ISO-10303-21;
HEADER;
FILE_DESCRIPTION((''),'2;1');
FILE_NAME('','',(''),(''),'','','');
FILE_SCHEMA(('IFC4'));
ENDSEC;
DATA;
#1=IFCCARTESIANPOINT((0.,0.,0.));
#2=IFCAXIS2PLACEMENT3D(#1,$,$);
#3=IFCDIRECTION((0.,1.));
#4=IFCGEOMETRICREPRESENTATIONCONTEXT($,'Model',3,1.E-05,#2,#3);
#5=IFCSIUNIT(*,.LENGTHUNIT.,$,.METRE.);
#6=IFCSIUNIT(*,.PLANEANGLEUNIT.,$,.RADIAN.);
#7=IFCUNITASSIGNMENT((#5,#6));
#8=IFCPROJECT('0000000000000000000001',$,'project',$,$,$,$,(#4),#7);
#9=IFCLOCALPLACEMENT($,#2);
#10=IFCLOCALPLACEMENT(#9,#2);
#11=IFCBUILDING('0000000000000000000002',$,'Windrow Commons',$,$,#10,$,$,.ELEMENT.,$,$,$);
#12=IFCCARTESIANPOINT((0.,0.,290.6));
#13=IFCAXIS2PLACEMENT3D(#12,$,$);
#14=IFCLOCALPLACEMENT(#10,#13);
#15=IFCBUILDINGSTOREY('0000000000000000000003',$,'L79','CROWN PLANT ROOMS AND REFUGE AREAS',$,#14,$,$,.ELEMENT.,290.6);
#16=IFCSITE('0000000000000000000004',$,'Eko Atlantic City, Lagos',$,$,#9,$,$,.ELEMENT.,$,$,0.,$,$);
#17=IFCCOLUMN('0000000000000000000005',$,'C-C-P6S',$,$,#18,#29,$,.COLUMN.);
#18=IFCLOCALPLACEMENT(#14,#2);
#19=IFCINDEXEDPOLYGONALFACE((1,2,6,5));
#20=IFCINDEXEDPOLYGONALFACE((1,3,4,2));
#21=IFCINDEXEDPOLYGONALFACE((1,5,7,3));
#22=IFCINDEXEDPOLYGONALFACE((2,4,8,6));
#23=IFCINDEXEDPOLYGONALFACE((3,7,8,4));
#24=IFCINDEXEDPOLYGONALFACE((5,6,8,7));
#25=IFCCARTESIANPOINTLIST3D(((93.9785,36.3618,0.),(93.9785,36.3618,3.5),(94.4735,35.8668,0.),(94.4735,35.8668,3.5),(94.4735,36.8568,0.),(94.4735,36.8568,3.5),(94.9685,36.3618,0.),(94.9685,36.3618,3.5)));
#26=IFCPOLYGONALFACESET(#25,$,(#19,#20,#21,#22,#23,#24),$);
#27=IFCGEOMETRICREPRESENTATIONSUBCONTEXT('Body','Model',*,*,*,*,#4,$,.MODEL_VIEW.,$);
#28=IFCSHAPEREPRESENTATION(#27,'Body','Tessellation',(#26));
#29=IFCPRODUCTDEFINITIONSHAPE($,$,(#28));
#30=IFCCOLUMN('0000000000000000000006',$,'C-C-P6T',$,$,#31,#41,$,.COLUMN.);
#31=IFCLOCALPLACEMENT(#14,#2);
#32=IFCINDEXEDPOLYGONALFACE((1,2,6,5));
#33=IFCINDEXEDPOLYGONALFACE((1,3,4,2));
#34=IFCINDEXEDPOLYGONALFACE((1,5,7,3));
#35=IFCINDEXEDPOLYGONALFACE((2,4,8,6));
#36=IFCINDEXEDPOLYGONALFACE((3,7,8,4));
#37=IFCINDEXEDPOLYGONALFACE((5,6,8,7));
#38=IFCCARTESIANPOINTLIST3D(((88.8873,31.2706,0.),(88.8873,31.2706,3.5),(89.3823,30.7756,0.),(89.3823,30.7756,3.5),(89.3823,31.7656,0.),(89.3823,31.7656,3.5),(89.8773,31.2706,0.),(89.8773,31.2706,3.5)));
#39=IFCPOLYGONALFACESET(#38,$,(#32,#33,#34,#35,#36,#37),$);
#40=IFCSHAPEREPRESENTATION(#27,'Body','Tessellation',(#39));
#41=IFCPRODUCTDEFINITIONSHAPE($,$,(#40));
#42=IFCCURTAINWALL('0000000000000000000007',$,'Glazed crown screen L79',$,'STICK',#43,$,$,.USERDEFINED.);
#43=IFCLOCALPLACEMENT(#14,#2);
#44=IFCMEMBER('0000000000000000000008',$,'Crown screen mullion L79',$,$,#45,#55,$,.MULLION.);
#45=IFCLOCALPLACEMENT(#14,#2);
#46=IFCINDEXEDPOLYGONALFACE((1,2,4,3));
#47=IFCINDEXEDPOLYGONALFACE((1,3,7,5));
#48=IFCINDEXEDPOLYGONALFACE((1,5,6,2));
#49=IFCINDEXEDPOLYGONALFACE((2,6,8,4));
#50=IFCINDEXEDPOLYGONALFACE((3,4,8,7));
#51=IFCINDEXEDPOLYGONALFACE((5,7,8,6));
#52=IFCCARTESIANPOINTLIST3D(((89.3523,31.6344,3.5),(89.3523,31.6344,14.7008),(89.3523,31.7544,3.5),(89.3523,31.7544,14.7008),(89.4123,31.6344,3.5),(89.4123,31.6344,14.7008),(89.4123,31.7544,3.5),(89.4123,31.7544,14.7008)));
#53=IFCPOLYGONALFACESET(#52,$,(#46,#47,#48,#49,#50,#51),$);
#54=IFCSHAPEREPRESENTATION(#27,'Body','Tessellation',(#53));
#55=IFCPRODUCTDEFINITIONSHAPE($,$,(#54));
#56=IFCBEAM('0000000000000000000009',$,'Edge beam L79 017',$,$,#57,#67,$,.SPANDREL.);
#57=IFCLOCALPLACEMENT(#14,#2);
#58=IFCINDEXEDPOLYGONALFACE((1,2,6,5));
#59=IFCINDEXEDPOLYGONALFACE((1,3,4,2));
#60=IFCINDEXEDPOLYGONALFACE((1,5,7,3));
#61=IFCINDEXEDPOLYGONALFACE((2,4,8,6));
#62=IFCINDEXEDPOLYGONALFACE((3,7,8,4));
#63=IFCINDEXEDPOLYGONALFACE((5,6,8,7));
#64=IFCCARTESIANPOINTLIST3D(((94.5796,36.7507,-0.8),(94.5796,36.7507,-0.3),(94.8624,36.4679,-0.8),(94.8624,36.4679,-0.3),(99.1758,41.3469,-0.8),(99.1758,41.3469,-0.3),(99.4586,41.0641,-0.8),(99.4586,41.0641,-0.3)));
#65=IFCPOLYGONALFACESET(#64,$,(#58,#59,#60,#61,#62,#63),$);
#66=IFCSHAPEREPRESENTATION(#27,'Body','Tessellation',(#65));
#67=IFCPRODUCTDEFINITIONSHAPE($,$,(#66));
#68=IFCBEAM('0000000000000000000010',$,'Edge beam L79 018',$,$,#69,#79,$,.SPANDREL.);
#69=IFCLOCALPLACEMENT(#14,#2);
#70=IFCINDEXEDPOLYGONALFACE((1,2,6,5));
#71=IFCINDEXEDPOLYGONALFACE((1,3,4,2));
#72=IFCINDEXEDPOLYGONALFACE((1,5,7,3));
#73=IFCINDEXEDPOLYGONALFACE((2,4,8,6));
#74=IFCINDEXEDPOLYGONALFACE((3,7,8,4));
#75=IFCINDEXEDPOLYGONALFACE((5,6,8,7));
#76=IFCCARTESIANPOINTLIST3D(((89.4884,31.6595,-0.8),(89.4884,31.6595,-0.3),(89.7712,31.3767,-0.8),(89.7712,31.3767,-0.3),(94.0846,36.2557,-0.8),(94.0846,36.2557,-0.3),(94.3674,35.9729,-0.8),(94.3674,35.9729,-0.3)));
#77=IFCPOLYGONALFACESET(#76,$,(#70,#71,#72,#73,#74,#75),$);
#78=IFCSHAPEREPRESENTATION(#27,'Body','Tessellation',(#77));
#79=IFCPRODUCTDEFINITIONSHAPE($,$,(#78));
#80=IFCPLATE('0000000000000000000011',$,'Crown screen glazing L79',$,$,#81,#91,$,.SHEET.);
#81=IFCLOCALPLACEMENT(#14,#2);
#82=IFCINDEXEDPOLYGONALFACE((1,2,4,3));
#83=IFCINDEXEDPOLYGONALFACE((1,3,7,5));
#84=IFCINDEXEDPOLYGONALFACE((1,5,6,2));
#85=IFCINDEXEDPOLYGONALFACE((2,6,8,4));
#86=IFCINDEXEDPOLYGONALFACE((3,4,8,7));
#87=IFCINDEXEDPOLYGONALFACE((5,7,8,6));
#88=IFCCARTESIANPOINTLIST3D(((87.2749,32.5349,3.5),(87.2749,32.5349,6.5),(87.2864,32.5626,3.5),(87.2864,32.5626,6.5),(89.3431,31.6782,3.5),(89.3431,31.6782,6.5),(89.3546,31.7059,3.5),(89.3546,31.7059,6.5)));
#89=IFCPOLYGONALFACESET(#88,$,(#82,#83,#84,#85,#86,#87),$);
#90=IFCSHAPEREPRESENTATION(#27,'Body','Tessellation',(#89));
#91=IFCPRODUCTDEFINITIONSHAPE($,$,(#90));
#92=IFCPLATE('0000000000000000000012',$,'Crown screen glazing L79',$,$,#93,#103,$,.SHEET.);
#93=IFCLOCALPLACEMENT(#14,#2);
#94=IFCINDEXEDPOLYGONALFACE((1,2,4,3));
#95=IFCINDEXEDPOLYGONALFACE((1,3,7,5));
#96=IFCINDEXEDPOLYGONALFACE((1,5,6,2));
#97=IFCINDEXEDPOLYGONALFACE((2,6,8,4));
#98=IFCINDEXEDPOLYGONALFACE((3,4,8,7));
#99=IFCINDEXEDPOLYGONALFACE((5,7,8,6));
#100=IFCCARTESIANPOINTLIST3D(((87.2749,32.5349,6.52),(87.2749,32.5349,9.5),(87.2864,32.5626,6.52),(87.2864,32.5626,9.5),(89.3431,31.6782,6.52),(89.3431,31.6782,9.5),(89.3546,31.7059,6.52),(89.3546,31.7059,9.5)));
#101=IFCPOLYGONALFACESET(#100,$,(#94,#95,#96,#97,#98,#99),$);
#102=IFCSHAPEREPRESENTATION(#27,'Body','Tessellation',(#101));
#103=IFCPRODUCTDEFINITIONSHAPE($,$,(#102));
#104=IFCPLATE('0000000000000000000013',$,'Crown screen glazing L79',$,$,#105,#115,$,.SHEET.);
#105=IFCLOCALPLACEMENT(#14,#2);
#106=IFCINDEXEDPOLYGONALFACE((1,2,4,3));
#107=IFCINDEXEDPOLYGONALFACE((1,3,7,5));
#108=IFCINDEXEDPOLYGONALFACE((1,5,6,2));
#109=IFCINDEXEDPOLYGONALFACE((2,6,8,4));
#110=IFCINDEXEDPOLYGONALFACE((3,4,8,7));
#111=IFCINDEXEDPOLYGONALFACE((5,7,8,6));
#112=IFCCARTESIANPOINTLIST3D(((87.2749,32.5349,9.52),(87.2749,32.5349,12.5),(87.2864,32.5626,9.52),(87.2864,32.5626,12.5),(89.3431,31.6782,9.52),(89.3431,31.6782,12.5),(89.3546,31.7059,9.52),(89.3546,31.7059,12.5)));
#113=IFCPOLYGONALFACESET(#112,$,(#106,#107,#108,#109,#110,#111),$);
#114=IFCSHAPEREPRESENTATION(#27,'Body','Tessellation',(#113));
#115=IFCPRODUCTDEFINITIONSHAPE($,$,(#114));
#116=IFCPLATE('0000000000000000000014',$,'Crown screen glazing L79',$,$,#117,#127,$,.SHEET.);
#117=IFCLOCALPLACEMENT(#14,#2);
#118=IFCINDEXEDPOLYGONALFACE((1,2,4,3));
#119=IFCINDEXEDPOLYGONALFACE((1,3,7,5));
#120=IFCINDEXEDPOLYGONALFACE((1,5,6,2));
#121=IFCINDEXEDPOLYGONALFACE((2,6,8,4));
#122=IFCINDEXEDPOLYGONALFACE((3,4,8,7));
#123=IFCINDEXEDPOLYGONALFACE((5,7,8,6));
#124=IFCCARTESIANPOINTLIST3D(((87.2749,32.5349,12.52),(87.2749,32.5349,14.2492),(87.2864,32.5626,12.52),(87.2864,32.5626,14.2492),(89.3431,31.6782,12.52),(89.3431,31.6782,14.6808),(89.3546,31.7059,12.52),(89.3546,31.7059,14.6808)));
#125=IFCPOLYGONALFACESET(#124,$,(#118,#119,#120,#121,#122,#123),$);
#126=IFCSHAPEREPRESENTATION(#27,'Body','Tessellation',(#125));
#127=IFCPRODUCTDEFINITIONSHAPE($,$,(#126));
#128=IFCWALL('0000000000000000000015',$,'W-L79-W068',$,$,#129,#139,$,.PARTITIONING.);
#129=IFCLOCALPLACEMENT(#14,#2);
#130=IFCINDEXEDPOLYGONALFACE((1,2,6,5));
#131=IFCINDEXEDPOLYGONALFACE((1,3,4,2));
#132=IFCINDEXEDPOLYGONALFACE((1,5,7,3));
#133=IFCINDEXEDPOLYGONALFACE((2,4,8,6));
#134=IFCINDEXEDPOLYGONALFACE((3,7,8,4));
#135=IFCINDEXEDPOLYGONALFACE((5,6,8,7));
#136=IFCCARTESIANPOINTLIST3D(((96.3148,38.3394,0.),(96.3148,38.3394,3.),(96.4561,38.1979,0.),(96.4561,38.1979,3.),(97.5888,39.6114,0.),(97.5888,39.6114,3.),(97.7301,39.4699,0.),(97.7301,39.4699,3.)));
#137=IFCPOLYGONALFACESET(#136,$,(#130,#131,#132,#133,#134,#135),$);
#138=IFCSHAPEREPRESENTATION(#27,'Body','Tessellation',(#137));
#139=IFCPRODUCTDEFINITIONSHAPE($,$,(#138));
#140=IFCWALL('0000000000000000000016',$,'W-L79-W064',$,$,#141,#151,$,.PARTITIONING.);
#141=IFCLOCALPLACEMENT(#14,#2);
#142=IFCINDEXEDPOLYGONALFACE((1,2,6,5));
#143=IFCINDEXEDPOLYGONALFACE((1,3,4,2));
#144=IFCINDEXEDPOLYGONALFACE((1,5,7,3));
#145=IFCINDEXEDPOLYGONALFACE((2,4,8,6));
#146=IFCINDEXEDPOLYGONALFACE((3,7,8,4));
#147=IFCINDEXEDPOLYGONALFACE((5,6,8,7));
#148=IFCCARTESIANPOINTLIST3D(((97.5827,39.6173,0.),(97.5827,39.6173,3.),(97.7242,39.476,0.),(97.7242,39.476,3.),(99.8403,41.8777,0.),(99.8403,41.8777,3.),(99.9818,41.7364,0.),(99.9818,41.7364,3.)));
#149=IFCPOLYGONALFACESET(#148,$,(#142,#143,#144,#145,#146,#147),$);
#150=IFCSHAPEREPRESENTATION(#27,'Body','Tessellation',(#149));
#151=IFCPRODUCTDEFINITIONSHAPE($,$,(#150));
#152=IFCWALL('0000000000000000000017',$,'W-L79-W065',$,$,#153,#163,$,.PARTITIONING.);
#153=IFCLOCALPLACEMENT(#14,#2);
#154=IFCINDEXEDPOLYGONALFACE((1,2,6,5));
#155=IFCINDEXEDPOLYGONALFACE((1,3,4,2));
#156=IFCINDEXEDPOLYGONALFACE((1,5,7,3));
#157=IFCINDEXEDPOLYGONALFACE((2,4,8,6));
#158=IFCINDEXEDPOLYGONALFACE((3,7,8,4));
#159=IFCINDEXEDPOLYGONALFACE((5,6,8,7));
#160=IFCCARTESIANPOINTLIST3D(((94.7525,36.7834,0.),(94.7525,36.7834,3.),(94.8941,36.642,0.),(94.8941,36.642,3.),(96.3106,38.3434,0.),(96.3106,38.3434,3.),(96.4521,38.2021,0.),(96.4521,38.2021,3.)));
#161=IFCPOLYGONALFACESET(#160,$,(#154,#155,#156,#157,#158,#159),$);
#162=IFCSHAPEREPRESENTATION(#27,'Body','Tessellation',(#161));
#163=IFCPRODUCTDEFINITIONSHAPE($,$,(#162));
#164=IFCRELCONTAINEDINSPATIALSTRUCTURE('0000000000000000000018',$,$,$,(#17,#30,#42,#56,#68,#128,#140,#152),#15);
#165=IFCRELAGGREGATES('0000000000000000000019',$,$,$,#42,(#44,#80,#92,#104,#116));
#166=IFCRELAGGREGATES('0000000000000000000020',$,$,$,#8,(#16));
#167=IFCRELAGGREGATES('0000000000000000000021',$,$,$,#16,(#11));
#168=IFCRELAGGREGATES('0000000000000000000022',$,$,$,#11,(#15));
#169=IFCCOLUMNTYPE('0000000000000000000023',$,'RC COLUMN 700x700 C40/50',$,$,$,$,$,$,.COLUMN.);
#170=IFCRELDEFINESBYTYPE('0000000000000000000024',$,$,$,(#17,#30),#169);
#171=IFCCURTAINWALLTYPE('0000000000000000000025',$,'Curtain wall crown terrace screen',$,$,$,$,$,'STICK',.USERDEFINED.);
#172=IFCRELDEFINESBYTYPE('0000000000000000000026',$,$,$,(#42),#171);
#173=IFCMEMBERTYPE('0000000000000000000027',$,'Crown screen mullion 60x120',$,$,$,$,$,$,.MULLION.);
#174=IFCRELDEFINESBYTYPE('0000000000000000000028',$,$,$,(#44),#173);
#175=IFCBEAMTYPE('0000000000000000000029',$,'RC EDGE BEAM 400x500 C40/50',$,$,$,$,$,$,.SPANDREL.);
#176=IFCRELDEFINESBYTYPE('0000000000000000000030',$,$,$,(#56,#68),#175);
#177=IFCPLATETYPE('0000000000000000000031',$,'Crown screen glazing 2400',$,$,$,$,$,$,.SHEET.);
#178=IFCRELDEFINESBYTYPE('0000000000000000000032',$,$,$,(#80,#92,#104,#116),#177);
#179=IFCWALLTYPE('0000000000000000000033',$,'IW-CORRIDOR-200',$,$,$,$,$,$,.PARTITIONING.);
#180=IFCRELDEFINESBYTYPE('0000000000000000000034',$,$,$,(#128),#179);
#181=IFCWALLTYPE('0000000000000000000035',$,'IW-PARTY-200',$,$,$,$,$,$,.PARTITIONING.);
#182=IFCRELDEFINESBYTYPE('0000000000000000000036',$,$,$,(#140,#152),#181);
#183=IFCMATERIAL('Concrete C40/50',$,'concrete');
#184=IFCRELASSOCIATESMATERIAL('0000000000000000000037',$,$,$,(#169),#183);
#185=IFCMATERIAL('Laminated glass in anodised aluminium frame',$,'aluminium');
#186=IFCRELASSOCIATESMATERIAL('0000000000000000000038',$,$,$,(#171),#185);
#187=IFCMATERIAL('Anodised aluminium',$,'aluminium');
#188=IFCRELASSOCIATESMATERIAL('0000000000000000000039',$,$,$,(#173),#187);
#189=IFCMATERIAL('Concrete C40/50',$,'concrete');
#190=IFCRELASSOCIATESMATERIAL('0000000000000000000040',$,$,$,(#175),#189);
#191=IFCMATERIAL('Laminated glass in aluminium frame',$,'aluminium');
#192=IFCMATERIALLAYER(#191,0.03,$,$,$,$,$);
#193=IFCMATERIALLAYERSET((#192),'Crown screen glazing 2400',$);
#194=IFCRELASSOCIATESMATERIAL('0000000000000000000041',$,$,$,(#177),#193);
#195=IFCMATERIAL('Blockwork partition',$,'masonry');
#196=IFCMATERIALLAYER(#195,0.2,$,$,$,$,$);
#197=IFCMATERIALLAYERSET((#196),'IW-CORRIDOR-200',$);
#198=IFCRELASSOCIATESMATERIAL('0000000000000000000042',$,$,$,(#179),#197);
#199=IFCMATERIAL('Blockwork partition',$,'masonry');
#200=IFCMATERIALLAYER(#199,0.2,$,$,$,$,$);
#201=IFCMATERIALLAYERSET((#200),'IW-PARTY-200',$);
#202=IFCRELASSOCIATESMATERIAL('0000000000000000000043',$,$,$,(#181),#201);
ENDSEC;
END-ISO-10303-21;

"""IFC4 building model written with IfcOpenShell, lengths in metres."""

from ifc_helpers import new_model, si_unit, direction, frame, frame_2d, origin, origin_2d, place, context, subcontext, project, spatial, polyline, rectangle, outline, extrude, material, layer, layer_set, material_profile, profile_set, type_object, element, aggregate, save


model = new_model("IFC4")

# Units and contexts
model_context = context("Model", 3, precision=1e-05, world=origin(), true_north=direction((0.0, 1.0)))
body_context = subcontext(model_context, "Body", "Model", "MODEL_VIEW")
ifc_project = project(units=[si_unit("LENGTHUNIT", "METRE"), si_unit("PLANEANGLEUNIT", "RADIAN")], contexts=[model_context])

# Site, building, storey
site_placement = place(None, origin())
site = spatial("IfcSite", under=ifc_project, at=site_placement, Name="Eko Atlantic City, Lagos", CompositionType="ELEMENT", RefElevation=0.0)
building_placement = place(site_placement, origin())
building = spatial("IfcBuilding", under=site, at=building_placement, Name="Windrow Commons", CompositionType="ELEMENT")
storey_placement = place(building_placement, frame((0.0, 0.0, 290.6)))
storey = spatial("IfcBuildingStorey", under=building, at=storey_placement, Name="L79", Description="CROWN PLANT ROOMS AND REFUGE AREAS", CompositionType="ELEMENT", Elevation=290.6)

# Columns
ifc_material_1 = material(Name="Concrete C40/50", Category="concrete")
ifc_material_profile_1 = material_profile(ifc_material_1, rectangle(XDim=0.7, YDim=0.7, at=origin_2d()))
ifc_profile_set_1 = profile_set([ifc_material_profile_1], Name="Concrete C40/50")
column_type = type_object("IfcColumnType", Name="RC COLUMN 700x700 C40/50", PredefinedType="COLUMN", material=ifc_profile_set_1)
for number, where, z_axis, x_axis, name in (
    (1, (94.4735, 36.3618, 0.0), (0.0, 0.0, 1.0), (0.707107, -0.707107, 0.0), "C-C-P6S"),
    (2, (89.3823, 31.2706, 0.0), (0.0, 0.0, 1.0), (0.707107, -0.707107, 0.0), "C-C-P6T"),
):
    element("IfcColumn", number, at=place(storey_placement, frame(where, z_axis=z_axis, x_axis=x_axis)), inside=storey, type_object=column_type, Name=name, PredefinedType="COLUMN", context=body_context, shape_type="SweptSolid", body=[
        extrude(rectangle(XDim=0.7, YDim=0.7, at=origin_2d()), origin(), (0.0, 0.0, 1.0), 3.5),
    ])

# Curtain wall, member
ifc_material_2 = material(Name="Laminated glass in anodised aluminium frame", Category="aluminium")
curtain_wall_type = type_object("IfcCurtainWallType", Name="Curtain wall crown terrace screen", ElementType="STICK", PredefinedType="USERDEFINED", material=ifc_material_2)
curtain_wall_placement = place(storey_placement, origin())
curtain_wall = element("IfcCurtainWall", 3, at=curtain_wall_placement, inside=storey, type_object=curtain_wall_type, Name="Glazed crown screen L79", ObjectType="STICK", PredefinedType="USERDEFINED")
ifc_material_3 = material(Name="Anodised aluminium", Category="aluminium")
ifc_material_profile_2 = material_profile(ifc_material_3, rectangle(XDim=0.06, YDim=0.12, at=origin_2d()))
ifc_profile_set_2 = profile_set([ifc_material_profile_2], Name="Anodised aluminium")
member_type = type_object("IfcMemberType", Name="Crown screen mullion 60x120", PredefinedType="MULLION", material=ifc_profile_set_2)
member_placement = place(storey_placement, frame((89.3823, 31.6944, 3.5), z_axis=(0.0, 0.0, 1.0), x_axis=(1.0, 0.0, 0.0)))
member = element("IfcMember", 4, at=member_placement, type_object=member_type, Name="Crown screen mullion L79", PredefinedType="MULLION", context=body_context, shape_type="SweptSolid", body=[
    extrude(rectangle(XDim=0.06, YDim=0.12, at=origin_2d()), origin(), (0.0, 0.0, 1.0), 11.2008),
])

# Beams
ifc_material_4 = material(Name="Concrete C40/50", Category="concrete")
ifc_material_profile_3 = material_profile(ifc_material_4, rectangle(XDim=0.4, YDim=0.5, at=origin_2d()))
ifc_profile_set_3 = profile_set([ifc_material_profile_3], Name="Concrete C40/50")
beam_type = type_object("IfcBeamType", Name="RC EDGE BEAM 400x500 C40/50", PredefinedType="SPANDREL", material=ifc_profile_set_3)
for number, where, z_axis, x_axis, name in (
    (5, (99.3172, 41.2055, -0.55), (-0.707107, -0.707107, 0.0), (0.707107, -0.707107, 0.0), "Edge beam L79 017"),
    (6, (94.226, 36.1143, -0.55), (-0.707107, -0.707107, 0.0), (0.707107, -0.707107, 0.0), "Edge beam L79 018"),
):
    element("IfcBeam", number, at=place(storey_placement, frame(where, z_axis=z_axis, x_axis=x_axis)), inside=storey, type_object=beam_type, Name=name, PredefinedType="SPANDREL", context=body_context, shape_type="SweptSolid", body=[
        extrude(rectangle(XDim=0.4, YDim=0.5, at=origin_2d()), origin(), (0.0, 0.0, 1.0), 6.5),
    ])

# Plates
ifc_material_5 = material(Name="Laminated glass in aluminium frame", Category="aluminium")
ifc_layer_1 = layer(ifc_material_5, 0.03)
ifc_layer_set_1 = layer_set([ifc_layer_1], Name="Crown screen glazing 2400")
plate_type = type_object("IfcPlateType", Name="Crown screen glazing 2400", PredefinedType="SHEET", material=ifc_layer_set_1)
plate_1_placement = place(storey_placement, frame((89.3546, 31.7059, 3.5), z_axis=(0.382692, 0.923876, 0.0), x_axis=(-0.923876, 0.382692, 0.0)))
plate_1 = element("IfcPlate", 7, at=plate_1_placement, type_object=plate_type, Name="Crown screen glazing L79", PredefinedType="SHEET", context=body_context, shape_type="SweptSolid", body=[
    extrude(outline(polyline([(0.0, 0.0), (2.2386, 0.0), (2.2386, 3.0), (0.0, 3.0), (0.0, 0.0)])), origin(), (0.0, 0.0, -1.0), 0.03),
])
plate_2_placement = place(storey_placement, frame((89.3546, 31.7059, 6.52), z_axis=(0.382692, 0.923876, 0.0), x_axis=(-0.923876, 0.382692, 0.0)))
plate_2 = element("IfcPlate", 8, at=plate_2_placement, type_object=plate_type, Name="Crown screen glazing L79", PredefinedType="SHEET", context=body_context, shape_type="SweptSolid", body=[
    extrude(outline(polyline([(0.0, 0.0), (2.2386, 0.0), (2.2386, 2.98), (0.0, 2.98), (0.0, 0.0)])), origin(), (0.0, 0.0, -1.0), 0.03),
])
plate_3_placement = place(storey_placement, frame((89.3546, 31.7059, 9.52), z_axis=(0.382692, 0.923876, 0.0), x_axis=(-0.923876, 0.382692, 0.0)))
plate_3 = element("IfcPlate", 9, at=plate_3_placement, type_object=plate_type, Name="Crown screen glazing L79", PredefinedType="SHEET", context=body_context, shape_type="SweptSolid", body=[
    extrude(outline(polyline([(0.0, 0.0), (2.2386, 0.0), (2.2386, 2.98), (0.0, 2.98), (0.0, 0.0)])), origin(), (0.0, 0.0, -1.0), 0.03),
])
plate_4_placement = place(storey_placement, frame((89.3546, 31.7059, 12.52), z_axis=(0.382692, 0.923876, 0.0), x_axis=(-0.923876, 0.382692, 0.0)))
plate_4 = element("IfcPlate", 10, at=plate_4_placement, type_object=plate_type, Name="Crown screen glazing L79", PredefinedType="SHEET", context=body_context, shape_type="SweptSolid", body=[
    extrude(outline(polyline([(0.0, 0.0), (2.2386, 0.0), (2.2386, 1.7292), (0.0, 2.1608), (0.0, 0.0)])), origin(), (0.0, 0.0, -1.0), 0.03),
])
aggregate(curtain_wall, [member, plate_1, plate_2, plate_3, plate_4])

# Walls
ifc_material_6 = material(Name="Blockwork partition", Category="masonry")
ifc_layer_2 = layer(ifc_material_6, 0.2)
ifc_layer_set_2 = layer_set([ifc_layer_2], Name="IW-CORRIDOR-200")
wall_type_1 = type_object("IfcWallType", Name="IW-CORRIDOR-200", PredefinedType="PARTITIONING", material=ifc_layer_set_2)
wall_1_placement = place(storey_placement, frame((96.3854, 38.2686, 0.0), z_axis=(0.0, 0.0, 1.0), x_axis=(0.707662, 0.706551, 0.0)))
element("IfcWall", 11, at=wall_1_placement, inside=storey, type_object=wall_type_1, Name="W-L79-W068", PredefinedType="PARTITIONING", context=body_context, shape_type="SweptSolid", body=[
    extrude(rectangle(XDim=1.8003, YDim=0.2, at=frame_2d((0.9002, 0.0))), origin(), (0.0, 0.0, 1.0), 3.0),
])
ifc_material_7 = material(Name="Blockwork partition", Category="masonry")
ifc_layer_3 = layer(ifc_material_7, 0.2)
ifc_layer_set_3 = layer_set([ifc_layer_3], Name="IW-PARTY-200")
wall_type_2 = type_object("IfcWallType", Name="IW-PARTY-200", PredefinedType="PARTITIONING", material=ifc_layer_set_3)
wall_2_placement = place(storey_placement, frame((97.6534, 39.5466, 0.0), z_axis=(0.0, 0.0, 1.0), x_axis=(0.706668, 0.707545, 0.0)))
element("IfcWall", 12, at=wall_2_placement, inside=storey, type_object=wall_type_2, Name="W-L79-W064", PredefinedType="PARTITIONING", context=body_context, shape_type="SweptSolid", body=[
    extrude(rectangle(XDim=3.1947, YDim=0.2, at=frame_2d((1.5974, 0.0))), origin(), (0.0, 0.0, 1.0), 3.0),
])
wall_3_placement = place(storey_placement, frame((94.8233, 36.7127, 0.0), z_axis=(0.0, 0.0, 1.0), x_axis=(0.706653, 0.70756, 0.0)))
element("IfcWall", 13, at=wall_3_placement, inside=storey, type_object=wall_type_2, Name="W-L79-W065", PredefinedType="PARTITIONING", context=body_context, shape_type="SweptSolid", body=[
    extrude(rectangle(XDim=2.2048, YDim=0.2, at=frame_2d((1.1024, 0.0))), origin(), (0.0, 0.0, 1.0), 3.0),
])

save(model, "model.ifc")
